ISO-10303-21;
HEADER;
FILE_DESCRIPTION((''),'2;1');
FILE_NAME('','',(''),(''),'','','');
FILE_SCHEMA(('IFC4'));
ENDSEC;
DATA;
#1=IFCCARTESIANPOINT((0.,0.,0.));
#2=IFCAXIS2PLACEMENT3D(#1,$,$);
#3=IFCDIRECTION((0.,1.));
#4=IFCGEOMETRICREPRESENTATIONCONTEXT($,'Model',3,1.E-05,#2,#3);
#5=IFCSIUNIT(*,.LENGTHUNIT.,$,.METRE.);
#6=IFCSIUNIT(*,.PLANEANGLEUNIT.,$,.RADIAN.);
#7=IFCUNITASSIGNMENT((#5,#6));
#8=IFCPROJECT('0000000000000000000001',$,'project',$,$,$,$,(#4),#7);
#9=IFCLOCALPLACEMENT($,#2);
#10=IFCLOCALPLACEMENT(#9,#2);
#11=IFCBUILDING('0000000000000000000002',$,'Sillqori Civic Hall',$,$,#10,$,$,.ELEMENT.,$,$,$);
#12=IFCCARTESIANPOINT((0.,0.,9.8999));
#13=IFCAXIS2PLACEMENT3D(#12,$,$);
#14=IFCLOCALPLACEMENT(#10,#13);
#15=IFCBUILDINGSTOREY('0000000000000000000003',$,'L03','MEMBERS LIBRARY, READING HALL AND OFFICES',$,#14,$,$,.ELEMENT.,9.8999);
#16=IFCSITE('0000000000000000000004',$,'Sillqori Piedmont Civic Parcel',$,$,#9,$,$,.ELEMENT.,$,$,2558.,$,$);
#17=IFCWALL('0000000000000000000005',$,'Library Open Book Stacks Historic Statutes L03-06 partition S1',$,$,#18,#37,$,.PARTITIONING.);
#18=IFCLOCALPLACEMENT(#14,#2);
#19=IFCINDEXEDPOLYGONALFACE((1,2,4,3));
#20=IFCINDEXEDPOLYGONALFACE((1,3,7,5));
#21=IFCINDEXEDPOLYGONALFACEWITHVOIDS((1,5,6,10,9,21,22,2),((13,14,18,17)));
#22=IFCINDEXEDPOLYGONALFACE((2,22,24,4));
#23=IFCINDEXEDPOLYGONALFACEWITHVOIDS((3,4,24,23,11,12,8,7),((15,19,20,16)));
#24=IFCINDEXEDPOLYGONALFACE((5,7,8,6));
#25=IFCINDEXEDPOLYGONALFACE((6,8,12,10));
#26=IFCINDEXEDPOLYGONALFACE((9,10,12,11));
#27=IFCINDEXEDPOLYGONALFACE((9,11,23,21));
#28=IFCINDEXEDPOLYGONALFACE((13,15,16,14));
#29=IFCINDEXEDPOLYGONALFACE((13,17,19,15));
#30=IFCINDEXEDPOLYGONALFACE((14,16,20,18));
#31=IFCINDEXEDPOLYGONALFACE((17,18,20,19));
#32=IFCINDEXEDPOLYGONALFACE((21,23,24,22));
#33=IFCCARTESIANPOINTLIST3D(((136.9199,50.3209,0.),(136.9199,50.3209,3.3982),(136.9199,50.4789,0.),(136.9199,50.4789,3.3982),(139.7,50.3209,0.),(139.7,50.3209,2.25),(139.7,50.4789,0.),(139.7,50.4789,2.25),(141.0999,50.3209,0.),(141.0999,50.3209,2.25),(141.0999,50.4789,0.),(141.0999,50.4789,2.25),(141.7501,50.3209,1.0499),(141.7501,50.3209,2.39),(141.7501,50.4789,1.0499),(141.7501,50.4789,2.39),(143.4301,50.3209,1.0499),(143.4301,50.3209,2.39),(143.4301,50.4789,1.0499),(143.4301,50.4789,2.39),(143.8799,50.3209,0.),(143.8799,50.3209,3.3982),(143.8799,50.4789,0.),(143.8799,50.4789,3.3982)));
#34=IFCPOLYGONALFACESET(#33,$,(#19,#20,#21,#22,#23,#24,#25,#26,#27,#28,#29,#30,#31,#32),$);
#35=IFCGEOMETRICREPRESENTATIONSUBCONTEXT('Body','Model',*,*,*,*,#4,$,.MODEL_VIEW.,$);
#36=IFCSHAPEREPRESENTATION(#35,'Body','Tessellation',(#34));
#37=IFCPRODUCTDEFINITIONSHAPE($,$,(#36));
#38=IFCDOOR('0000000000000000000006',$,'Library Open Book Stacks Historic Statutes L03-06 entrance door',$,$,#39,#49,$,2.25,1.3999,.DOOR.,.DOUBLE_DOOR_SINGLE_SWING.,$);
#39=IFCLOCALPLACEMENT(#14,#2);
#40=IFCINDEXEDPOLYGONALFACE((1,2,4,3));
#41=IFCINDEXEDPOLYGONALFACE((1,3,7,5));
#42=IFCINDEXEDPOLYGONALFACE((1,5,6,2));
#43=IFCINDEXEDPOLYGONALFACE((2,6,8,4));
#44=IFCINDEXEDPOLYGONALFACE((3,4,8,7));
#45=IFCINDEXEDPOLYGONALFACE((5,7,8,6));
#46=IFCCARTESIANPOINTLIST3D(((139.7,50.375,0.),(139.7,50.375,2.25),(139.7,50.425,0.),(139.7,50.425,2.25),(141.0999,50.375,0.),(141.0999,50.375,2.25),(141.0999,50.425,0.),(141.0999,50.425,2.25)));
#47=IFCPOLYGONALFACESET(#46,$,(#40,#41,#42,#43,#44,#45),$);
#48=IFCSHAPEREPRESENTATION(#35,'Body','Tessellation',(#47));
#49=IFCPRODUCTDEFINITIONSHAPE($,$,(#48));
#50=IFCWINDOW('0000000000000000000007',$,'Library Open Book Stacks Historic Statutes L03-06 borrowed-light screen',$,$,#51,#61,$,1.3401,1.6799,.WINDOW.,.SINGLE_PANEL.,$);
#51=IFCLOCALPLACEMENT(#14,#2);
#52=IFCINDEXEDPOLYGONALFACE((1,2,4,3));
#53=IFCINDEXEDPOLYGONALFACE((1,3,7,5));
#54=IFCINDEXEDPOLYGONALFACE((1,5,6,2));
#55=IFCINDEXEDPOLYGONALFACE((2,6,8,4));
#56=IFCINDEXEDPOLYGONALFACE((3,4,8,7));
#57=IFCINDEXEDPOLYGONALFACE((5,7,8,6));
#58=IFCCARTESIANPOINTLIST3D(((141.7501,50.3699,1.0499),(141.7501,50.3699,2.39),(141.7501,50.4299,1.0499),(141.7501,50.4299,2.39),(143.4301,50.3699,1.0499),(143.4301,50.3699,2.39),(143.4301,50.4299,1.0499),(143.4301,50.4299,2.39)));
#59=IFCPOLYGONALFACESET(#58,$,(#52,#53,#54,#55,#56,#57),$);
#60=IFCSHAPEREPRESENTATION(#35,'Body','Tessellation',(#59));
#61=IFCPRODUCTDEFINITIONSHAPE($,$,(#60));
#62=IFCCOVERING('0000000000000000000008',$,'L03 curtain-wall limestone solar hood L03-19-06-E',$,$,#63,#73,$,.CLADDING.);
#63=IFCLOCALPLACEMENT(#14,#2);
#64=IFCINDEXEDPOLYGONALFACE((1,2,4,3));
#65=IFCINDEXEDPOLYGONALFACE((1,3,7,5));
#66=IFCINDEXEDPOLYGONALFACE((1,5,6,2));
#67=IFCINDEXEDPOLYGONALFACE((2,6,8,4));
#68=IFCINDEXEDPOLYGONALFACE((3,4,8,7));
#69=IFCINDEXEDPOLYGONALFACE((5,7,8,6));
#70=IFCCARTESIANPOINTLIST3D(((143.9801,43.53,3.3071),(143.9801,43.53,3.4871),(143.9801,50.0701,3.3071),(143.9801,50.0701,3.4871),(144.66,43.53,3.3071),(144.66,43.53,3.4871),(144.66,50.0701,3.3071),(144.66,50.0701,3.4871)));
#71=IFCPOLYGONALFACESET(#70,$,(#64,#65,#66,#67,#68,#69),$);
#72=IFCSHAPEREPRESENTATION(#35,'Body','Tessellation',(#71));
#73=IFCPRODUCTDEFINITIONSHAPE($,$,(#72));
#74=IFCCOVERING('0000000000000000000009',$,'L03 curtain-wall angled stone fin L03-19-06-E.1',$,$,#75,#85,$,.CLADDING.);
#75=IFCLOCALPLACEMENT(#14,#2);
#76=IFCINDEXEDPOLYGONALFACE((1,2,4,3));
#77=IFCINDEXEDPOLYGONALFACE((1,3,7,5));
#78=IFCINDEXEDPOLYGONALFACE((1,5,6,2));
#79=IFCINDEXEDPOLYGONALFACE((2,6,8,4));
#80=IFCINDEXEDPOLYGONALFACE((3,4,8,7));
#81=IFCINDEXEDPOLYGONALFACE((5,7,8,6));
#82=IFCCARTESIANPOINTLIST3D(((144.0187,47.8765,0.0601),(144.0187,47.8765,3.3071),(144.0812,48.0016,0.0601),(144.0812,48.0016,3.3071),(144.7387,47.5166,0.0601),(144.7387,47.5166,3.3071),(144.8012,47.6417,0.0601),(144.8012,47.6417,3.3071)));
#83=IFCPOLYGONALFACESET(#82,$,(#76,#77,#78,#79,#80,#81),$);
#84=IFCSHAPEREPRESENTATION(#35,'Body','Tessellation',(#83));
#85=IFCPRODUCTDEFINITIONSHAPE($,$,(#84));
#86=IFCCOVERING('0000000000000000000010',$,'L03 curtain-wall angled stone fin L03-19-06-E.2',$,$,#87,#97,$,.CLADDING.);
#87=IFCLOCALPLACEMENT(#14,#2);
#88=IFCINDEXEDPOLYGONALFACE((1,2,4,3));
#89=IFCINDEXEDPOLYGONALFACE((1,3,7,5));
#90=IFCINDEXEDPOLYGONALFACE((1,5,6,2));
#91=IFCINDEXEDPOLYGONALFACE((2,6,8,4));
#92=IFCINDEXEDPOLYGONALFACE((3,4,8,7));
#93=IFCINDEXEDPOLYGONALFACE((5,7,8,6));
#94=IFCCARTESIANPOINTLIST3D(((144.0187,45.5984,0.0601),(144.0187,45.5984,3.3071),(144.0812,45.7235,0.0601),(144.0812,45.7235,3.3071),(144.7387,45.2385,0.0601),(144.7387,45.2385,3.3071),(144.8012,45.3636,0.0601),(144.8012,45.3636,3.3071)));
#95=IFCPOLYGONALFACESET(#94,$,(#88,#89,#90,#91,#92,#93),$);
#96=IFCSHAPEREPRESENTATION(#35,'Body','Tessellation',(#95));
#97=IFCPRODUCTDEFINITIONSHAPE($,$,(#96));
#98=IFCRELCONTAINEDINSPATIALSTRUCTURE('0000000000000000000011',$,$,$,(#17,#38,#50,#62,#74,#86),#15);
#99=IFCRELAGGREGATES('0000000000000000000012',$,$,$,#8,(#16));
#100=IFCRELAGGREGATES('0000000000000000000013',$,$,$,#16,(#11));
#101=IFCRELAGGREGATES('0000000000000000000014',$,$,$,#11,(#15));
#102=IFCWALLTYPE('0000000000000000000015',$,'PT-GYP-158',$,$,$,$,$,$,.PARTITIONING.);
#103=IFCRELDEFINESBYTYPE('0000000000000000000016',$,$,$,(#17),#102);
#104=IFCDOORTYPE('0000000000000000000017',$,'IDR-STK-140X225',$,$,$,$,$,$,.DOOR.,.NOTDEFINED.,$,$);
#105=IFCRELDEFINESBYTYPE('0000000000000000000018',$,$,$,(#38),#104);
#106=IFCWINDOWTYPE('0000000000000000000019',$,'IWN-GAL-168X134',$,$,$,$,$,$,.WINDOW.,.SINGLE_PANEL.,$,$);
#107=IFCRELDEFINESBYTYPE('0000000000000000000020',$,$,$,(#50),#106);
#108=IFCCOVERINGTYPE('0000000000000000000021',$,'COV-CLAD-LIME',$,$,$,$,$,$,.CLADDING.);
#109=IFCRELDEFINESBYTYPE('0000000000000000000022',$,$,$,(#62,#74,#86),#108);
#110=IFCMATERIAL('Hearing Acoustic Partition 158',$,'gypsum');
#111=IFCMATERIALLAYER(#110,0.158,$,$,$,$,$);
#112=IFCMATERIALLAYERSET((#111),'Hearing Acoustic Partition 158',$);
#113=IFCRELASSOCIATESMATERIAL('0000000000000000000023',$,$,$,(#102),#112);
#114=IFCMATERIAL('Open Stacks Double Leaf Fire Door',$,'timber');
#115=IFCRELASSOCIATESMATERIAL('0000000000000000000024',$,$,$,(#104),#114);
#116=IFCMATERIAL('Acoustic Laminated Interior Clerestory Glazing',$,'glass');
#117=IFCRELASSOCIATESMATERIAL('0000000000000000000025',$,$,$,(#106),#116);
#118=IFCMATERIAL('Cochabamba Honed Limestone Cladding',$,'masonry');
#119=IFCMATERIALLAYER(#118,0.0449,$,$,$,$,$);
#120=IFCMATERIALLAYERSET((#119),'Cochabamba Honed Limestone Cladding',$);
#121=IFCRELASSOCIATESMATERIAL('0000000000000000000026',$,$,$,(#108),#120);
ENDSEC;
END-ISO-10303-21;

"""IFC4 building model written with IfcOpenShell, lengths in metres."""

from ifc_helpers import new_model, si_unit, direction, frame, frame_2d, origin, place, context, subcontext, project, spatial, rectangle, extrude, material, layer, layer_set, type_object, element, fill, save


model = new_model("IFC4")

# Units and contexts
model_context = context("Model", 3, precision=1e-05, world=origin(), true_north=direction((0.0, 1.0)))
body_context = subcontext(model_context, "Body", "Model", "MODEL_VIEW")
ifc_project = project(units=[si_unit("LENGTHUNIT", "METRE"), si_unit("PLANEANGLEUNIT", "RADIAN")], contexts=[model_context])

# Site, building, storey
site_placement = place(None, origin())
site = spatial("IfcSite", under=ifc_project, at=site_placement, Name="Sillqori Piedmont Civic Parcel", CompositionType="ELEMENT", RefElevation=2558.0)
building_placement = place(site_placement, origin())
building = spatial("IfcBuilding", under=site, at=building_placement, Name="Sillqori Civic Hall", CompositionType="ELEMENT")
storey_placement = place(building_placement, frame((0.0, 0.0, 9.8999)))
storey = spatial("IfcBuildingStorey", under=building, at=storey_placement, Name="L03", Description="MEMBERS LIBRARY, READING HALL AND OFFICES", CompositionType="ELEMENT", Elevation=9.8999)

# Wall, openings, door, window
ifc_material_1 = material(Name="Hearing Acoustic Partition 158", Category="gypsum")
ifc_layer_1 = layer(ifc_material_1, 0.158)
ifc_layer_set_1 = layer_set([ifc_layer_1], Name="Hearing Acoustic Partition 158")
wall_type = type_object("IfcWallType", Name="PT-GYP-158", PredefinedType="PARTITIONING", material=ifc_layer_set_1)
wall_placement = place(storey_placement, frame((143.8799, 50.3999, 0.0), z_axis=(0.0, 0.0, 1.0), x_axis=(-1.0, 0.0, 0.0)))
wall = element("IfcWall", 1, at=wall_placement, inside=storey, type_object=wall_type, Name="Library Open Book Stacks Historic Statutes L03-06 partition S1", PredefinedType="PARTITIONING", context=body_context, shape_type="SweptSolid", body=[
    extrude(rectangle(XDim=6.96, YDim=0.158, at=frame_2d((3.48, 0.0))), origin(), (0.0, 0.0, 1.0), 3.3982),
])
opening_1_placement = place(wall_placement, frame((2.78, 0.0, 0.0)))
opening_1 = element("IfcOpeningElement", 2, at=opening_1_placement, cuts=wall, PredefinedType="OPENING", context=body_context, shape_type="SweptSolid", body=[
    extrude(rectangle(XDim=1.3999, YDim=2.25, at=frame_2d((0.7, 1.125))), frame((0.0, 0.0889, 0.0), z_axis=(0.0, -1.0, 0.0), x_axis=(1.0, 0.0, 0.0)), (0.0, 0.0, 1.0), 0.178),
])
opening_2_placement = place(wall_placement, frame((0.45, 0.0, 1.05)))
opening_2 = element("IfcOpeningElement", 3, at=opening_2_placement, cuts=wall, PredefinedType="OPENING", context=body_context, shape_type="SweptSolid", body=[
    extrude(rectangle(XDim=1.6799, YDim=1.3401, at=frame_2d((0.8398, 0.6699))), frame((0.0, 0.0889, 0.0), z_axis=(0.0, -1.0, 0.0), x_axis=(1.0, 0.0, 0.0)), (0.0, 0.0, 1.0), 0.178),
])
ifc_material_2 = material(Name="Open Stacks Double Leaf Fire Door", Category="timber")
door_type = type_object("IfcDoorType", Name="IDR-STK-140X225", OperationType="NOTDEFINED", PredefinedType="DOOR", material=ifc_material_2)
door_placement = place(opening_1_placement, origin())
door = element("IfcDoor", 4, at=door_placement, inside=storey, type_object=door_type, Name="Library Open Book Stacks Historic Statutes L03-06 entrance door", OperationType="DOUBLE_DOOR_SINGLE_SWING", OverallHeight=2.25, OverallWidth=1.3999, PredefinedType="DOOR", context=body_context, shape_type="SweptSolid", body=[
    extrude(rectangle(XDim=1.3999, YDim=2.25, at=frame_2d((0.7, 1.125))), frame((0.0, 0.0249, 0.0), z_axis=(0.0, -1.0, 0.0), x_axis=(1.0, 0.0, 0.0)), (0.0, 0.0, 1.0), 0.05),
])
fill(opening_1, door)
ifc_material_3 = material(Name="Acoustic Laminated Interior Clerestory Glazing", Category="glass")
window_type = type_object("IfcWindowType", Name="IWN-GAL-168X134", PartitioningType="SINGLE_PANEL", PredefinedType="WINDOW", material=ifc_material_3)
window_placement = place(opening_2_placement, origin())
window = element("IfcWindow", 5, at=window_placement, inside=storey, type_object=window_type, Name="Library Open Book Stacks Historic Statutes L03-06 borrowed-light screen", OverallHeight=1.3401, OverallWidth=1.6799, PartitioningType="SINGLE_PANEL", PredefinedType="WINDOW", context=body_context, shape_type="SweptSolid", body=[
    extrude(rectangle(XDim=1.6799, YDim=1.3401, at=frame_2d((0.8398, 0.6699))), frame((0.0, 0.03, 0.0), z_axis=(0.0, -1.0, 0.0), x_axis=(1.0, 0.0, 0.0)), (0.0, 0.0, 1.0), 0.0601),
])
fill(opening_2, window)

# Coverings
ifc_material_4 = material(Name="Cochabamba Honed Limestone Cladding", Category="masonry")
ifc_layer_2 = layer(ifc_material_4, 0.0449)
ifc_layer_set_2 = layer_set([ifc_layer_2], Name="Cochabamba Honed Limestone Cladding")
covering_type = type_object("IfcCoveringType", Name="COV-CLAD-LIME", PredefinedType="CLADDING", material=ifc_layer_set_2)
covering_placement = place(storey_placement, frame((144.3201, 50.0701, 3.3071), z_axis=(0.0, 0.0, 1.0), x_axis=(0.0, -1.0, 0.0)))
element("IfcCovering", 6, at=covering_placement, inside=storey, type_object=covering_type, Name="L03 curtain-wall limestone solar hood L03-19-06-E", PredefinedType="CLADDING", context=body_context, shape_type="SweptSolid", body=[
    extrude(rectangle(XDim=6.54, YDim=0.6799, at=frame_2d((3.27, 0.0))), origin(), (0.0, 0.0, 1.0), 0.1799),
])
for number, where, z_axis, x_axis, name in (
    (7, (144.05, 47.939, 0.0601), (0.0, 0.0, 1.0), (0.894488, -0.447092, 0.0), "L03 curtain-wall angled stone fin L03-19-06-E.1"),
    (8, (144.05, 45.6609, 0.0601), (0.0, 0.0, 1.0), (0.894488, -0.447092, 0.0), "L03 curtain-wall angled stone fin L03-19-06-E.2"),
):
    element("IfcCovering", number, at=place(storey_placement, frame(where, z_axis=z_axis, x_axis=x_axis)), inside=storey, type_object=covering_type, Name=name, PredefinedType="CLADDING", context=body_context, shape_type="SweptSolid", body=[
        extrude(rectangle(XDim=0.8049, YDim=0.1399, at=frame_2d((0.4023, 0.0))), origin(), (0.0, 0.0, 1.0), 3.2471),
    ])

save(model, "model.ifc")
